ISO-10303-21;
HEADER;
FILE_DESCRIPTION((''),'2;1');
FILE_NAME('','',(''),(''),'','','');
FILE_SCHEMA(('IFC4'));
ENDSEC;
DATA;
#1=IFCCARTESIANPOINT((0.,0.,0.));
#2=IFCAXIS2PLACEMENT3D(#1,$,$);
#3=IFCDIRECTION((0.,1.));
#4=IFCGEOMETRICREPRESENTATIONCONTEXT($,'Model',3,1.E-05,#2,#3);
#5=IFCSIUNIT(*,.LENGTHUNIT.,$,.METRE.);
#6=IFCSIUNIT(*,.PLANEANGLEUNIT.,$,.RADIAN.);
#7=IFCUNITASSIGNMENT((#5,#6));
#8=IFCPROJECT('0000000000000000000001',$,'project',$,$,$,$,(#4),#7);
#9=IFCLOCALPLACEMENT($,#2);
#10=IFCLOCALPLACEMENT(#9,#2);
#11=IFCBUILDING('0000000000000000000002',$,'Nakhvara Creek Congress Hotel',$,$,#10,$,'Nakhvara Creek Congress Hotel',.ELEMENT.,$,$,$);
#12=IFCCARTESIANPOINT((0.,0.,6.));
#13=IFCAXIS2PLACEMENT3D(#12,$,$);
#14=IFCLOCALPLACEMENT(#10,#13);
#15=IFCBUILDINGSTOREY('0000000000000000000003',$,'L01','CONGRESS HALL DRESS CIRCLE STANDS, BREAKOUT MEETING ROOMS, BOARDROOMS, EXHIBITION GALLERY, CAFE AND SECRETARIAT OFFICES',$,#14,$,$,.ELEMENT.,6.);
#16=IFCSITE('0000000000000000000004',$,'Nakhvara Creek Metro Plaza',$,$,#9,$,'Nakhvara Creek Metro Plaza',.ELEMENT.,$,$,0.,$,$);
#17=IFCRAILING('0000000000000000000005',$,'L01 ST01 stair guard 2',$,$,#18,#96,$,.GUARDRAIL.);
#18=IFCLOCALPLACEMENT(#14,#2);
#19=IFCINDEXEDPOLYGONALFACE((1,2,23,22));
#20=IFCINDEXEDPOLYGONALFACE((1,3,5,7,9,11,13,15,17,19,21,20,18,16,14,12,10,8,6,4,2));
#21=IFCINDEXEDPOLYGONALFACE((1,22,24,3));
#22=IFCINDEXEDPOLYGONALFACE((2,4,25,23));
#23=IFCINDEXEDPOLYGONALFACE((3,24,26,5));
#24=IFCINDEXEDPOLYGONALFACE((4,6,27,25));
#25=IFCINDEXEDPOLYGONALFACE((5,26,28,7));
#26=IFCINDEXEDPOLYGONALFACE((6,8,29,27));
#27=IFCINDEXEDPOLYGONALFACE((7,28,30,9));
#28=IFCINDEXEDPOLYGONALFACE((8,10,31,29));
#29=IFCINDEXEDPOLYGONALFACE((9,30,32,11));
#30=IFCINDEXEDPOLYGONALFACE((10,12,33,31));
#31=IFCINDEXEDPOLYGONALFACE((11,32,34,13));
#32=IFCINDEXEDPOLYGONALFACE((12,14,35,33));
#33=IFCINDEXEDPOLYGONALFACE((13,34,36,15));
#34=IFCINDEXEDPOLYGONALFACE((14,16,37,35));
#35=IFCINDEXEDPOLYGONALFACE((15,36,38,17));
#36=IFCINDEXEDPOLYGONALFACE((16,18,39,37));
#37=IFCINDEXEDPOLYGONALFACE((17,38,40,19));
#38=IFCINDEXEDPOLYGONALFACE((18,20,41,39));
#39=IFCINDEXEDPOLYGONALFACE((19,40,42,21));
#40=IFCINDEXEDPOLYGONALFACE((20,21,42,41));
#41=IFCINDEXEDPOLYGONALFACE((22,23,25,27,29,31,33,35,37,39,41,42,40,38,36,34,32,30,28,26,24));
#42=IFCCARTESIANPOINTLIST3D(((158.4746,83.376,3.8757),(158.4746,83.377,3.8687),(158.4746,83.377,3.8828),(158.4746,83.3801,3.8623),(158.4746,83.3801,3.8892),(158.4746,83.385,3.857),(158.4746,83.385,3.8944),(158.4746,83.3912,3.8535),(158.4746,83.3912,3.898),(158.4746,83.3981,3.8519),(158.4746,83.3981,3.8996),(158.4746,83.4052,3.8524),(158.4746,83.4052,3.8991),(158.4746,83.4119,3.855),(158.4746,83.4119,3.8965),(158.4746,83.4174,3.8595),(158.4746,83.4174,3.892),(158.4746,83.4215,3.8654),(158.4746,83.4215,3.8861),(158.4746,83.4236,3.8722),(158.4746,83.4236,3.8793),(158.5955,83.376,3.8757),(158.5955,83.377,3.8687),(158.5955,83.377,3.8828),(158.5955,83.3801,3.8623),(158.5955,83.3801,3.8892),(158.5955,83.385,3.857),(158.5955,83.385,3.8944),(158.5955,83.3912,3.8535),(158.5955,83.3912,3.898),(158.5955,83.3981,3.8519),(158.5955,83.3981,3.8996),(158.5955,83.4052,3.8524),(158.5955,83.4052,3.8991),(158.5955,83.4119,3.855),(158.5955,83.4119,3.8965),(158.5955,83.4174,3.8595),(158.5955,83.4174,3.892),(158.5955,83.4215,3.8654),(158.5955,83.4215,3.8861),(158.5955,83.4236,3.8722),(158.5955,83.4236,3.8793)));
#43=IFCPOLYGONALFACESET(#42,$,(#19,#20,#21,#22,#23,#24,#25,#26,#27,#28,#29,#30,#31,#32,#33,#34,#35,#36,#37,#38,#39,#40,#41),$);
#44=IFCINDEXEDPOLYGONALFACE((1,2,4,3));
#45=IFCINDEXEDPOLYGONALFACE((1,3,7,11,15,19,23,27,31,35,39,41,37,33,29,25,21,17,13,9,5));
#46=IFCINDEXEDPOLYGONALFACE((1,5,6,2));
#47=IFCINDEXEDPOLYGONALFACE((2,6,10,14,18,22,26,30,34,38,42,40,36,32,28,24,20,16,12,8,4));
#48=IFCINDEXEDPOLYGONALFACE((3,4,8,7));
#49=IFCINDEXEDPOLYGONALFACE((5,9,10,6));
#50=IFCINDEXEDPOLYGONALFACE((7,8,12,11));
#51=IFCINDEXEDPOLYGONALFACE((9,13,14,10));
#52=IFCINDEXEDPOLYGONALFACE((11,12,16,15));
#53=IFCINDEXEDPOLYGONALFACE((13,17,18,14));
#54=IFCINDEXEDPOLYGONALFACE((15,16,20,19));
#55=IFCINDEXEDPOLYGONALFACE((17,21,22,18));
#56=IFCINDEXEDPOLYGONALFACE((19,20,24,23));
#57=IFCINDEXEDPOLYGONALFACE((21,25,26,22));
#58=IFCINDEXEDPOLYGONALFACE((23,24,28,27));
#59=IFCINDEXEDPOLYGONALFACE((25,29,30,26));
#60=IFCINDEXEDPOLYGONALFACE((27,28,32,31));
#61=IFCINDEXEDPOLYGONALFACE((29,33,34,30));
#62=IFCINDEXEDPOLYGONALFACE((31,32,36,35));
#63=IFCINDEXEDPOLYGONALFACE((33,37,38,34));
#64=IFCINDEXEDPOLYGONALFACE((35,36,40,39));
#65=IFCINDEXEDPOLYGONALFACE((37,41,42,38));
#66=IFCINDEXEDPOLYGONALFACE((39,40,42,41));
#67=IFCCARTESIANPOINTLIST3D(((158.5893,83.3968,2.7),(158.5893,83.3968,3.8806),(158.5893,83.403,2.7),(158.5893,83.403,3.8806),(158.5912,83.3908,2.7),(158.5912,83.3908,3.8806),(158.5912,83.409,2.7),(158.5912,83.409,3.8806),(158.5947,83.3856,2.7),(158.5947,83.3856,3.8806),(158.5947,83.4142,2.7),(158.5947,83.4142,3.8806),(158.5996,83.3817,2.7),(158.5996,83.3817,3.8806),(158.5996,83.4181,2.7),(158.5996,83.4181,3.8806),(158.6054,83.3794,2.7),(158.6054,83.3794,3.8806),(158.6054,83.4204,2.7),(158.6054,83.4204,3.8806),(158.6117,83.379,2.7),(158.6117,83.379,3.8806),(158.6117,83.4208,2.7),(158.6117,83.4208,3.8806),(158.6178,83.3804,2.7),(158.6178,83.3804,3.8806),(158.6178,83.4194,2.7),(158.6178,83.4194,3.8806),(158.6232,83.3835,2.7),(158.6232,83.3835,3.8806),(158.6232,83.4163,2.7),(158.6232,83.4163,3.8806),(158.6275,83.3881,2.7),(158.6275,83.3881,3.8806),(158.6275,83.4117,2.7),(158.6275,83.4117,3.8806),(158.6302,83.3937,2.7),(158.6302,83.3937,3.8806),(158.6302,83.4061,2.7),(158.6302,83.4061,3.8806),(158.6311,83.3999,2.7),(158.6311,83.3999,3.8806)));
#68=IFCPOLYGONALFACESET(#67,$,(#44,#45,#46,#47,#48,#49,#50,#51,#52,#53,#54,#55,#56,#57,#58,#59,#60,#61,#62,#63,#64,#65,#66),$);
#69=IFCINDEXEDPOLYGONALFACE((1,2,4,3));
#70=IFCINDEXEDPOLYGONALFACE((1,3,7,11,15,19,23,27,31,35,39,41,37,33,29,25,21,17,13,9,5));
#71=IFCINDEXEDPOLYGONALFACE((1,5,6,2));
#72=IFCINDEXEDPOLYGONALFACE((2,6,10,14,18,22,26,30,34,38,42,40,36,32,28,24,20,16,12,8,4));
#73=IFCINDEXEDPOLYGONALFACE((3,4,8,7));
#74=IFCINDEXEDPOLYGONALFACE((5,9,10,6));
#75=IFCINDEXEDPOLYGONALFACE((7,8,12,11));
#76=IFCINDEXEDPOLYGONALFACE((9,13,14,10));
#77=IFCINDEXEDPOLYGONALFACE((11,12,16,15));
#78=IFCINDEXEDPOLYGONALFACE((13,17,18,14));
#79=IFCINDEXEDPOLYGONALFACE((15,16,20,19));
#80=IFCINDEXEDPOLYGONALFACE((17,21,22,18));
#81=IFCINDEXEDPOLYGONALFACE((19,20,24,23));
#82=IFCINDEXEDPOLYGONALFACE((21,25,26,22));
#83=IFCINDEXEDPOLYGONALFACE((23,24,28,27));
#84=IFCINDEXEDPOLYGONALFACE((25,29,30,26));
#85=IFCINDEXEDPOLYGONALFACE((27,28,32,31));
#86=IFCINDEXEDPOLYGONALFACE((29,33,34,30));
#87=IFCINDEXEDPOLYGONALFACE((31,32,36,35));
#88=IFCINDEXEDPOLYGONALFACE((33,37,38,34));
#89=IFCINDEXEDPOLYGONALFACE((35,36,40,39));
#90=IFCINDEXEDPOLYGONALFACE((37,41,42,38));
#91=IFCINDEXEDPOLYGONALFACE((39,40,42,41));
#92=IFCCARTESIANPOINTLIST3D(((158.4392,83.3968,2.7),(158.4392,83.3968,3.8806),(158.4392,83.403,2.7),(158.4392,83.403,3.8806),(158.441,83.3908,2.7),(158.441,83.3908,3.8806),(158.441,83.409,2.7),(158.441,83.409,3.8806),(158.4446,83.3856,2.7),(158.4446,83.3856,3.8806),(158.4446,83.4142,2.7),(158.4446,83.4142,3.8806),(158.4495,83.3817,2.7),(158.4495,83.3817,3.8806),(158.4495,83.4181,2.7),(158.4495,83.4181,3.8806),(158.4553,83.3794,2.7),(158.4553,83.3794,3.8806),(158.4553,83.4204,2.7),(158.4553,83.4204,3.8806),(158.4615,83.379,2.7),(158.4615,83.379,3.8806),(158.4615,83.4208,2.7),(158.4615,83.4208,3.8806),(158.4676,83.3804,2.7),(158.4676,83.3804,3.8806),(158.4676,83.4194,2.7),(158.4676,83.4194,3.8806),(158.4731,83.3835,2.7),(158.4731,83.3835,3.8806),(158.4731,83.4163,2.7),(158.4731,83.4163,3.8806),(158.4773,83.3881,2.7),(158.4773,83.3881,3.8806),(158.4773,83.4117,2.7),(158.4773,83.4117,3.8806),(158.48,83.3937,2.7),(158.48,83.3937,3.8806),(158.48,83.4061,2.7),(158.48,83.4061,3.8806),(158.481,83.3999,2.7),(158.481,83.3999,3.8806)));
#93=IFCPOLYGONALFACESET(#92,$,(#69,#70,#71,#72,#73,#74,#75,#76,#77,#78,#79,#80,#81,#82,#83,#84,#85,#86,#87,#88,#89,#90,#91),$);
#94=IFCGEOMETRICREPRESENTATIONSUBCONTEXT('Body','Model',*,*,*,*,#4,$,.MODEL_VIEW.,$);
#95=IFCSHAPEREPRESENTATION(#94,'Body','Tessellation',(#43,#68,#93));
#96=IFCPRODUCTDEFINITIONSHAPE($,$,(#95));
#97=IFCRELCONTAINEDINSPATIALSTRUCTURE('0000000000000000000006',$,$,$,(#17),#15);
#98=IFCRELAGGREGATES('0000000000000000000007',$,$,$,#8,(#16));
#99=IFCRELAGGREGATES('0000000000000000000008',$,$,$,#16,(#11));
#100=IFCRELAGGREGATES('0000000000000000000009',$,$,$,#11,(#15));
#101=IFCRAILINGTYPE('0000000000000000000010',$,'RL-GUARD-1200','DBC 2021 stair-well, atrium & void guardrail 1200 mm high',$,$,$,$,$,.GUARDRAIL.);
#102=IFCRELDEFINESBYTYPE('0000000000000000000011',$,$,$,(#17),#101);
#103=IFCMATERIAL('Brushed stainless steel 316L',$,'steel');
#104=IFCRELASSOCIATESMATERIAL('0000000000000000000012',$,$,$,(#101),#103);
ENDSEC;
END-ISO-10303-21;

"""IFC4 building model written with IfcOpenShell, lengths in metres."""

from ifc_helpers import new_model, si_unit, direction, frame, origin, origin_2d, place, context, subcontext, project, spatial, circle, extrude, material, type_object, element, save


model = new_model("IFC4")

# Units and contexts
model_context = context("Model", 3, precision=1e-05, world=origin(), true_north=direction((0.0, 1.0)))
body_context = subcontext(model_context, "Body", "Model", "MODEL_VIEW")
ifc_project = project(units=[si_unit("LENGTHUNIT", "METRE"), si_unit("PLANEANGLEUNIT", "RADIAN")], contexts=[model_context])

# Site, building, storey
site_placement = place(None, origin())
site = spatial("IfcSite", under=ifc_project, at=site_placement, Name="Nakhvara Creek Metro Plaza", LongName="Nakhvara Creek Metro Plaza", CompositionType="ELEMENT", RefElevation=0.0)
building_placement = place(site_placement, origin())
building = spatial("IfcBuilding", under=site, at=building_placement, Name="Nakhvara Creek Congress Hotel", LongName="Nakhvara Creek Congress Hotel", CompositionType="ELEMENT")
storey_placement = place(building_placement, frame((0.0, 0.0, 6.0)))
storey = spatial("IfcBuildingStorey", under=building, at=storey_placement, Name="L01", Description="CONGRESS HALL DRESS CIRCLE STANDS, BREAKOUT MEETING ROOMS, BOARDROOMS, EXHIBITION GALLERY, CAFE AND SECRETARIAT OFFICES", CompositionType="ELEMENT", Elevation=6.0)

# Railing
ifc_material_1 = material(Name="Brushed stainless steel 316L", Category="steel")
railing_type_1 = type_object("IfcRailingType", Name="RL-GUARD-1200", Description="DBC 2021 stair-well, atrium & void guardrail 1200 mm high", PredefinedType="GUARDRAIL", material=ifc_material_1)
railing_1_placement = place(storey_placement, frame((158.6101, 83.3999, 2.7)))
element("IfcRailing", 1, at=railing_1_placement, inside=storey, type_object=railing_type_1, Name="L01 ST01 stair guard 2", PredefinedType="GUARDRAIL", context=body_context, shape_type="SweptSolid", body=[
    extrude(circle(Radius=0.0239, at=origin_2d()), frame((-0.0146, 0.0, 1.1758), z_axis=(-1.0, 0.0, 0.0), x_axis=(0.0, -1.0, 0.0)), (0.0, 0.0, 1.0), 0.1208),
    extrude(circle(Radius=0.021, at=origin_2d()), origin(), (0.0, 0.0, 1.0), 1.1807),
    extrude(circle(Radius=0.021, at=origin_2d()), frame((-0.1501, 0.0, 0.0)), (0.0, 0.0, 1.0), 1.1807),
])

save(model, "model.ifc")
